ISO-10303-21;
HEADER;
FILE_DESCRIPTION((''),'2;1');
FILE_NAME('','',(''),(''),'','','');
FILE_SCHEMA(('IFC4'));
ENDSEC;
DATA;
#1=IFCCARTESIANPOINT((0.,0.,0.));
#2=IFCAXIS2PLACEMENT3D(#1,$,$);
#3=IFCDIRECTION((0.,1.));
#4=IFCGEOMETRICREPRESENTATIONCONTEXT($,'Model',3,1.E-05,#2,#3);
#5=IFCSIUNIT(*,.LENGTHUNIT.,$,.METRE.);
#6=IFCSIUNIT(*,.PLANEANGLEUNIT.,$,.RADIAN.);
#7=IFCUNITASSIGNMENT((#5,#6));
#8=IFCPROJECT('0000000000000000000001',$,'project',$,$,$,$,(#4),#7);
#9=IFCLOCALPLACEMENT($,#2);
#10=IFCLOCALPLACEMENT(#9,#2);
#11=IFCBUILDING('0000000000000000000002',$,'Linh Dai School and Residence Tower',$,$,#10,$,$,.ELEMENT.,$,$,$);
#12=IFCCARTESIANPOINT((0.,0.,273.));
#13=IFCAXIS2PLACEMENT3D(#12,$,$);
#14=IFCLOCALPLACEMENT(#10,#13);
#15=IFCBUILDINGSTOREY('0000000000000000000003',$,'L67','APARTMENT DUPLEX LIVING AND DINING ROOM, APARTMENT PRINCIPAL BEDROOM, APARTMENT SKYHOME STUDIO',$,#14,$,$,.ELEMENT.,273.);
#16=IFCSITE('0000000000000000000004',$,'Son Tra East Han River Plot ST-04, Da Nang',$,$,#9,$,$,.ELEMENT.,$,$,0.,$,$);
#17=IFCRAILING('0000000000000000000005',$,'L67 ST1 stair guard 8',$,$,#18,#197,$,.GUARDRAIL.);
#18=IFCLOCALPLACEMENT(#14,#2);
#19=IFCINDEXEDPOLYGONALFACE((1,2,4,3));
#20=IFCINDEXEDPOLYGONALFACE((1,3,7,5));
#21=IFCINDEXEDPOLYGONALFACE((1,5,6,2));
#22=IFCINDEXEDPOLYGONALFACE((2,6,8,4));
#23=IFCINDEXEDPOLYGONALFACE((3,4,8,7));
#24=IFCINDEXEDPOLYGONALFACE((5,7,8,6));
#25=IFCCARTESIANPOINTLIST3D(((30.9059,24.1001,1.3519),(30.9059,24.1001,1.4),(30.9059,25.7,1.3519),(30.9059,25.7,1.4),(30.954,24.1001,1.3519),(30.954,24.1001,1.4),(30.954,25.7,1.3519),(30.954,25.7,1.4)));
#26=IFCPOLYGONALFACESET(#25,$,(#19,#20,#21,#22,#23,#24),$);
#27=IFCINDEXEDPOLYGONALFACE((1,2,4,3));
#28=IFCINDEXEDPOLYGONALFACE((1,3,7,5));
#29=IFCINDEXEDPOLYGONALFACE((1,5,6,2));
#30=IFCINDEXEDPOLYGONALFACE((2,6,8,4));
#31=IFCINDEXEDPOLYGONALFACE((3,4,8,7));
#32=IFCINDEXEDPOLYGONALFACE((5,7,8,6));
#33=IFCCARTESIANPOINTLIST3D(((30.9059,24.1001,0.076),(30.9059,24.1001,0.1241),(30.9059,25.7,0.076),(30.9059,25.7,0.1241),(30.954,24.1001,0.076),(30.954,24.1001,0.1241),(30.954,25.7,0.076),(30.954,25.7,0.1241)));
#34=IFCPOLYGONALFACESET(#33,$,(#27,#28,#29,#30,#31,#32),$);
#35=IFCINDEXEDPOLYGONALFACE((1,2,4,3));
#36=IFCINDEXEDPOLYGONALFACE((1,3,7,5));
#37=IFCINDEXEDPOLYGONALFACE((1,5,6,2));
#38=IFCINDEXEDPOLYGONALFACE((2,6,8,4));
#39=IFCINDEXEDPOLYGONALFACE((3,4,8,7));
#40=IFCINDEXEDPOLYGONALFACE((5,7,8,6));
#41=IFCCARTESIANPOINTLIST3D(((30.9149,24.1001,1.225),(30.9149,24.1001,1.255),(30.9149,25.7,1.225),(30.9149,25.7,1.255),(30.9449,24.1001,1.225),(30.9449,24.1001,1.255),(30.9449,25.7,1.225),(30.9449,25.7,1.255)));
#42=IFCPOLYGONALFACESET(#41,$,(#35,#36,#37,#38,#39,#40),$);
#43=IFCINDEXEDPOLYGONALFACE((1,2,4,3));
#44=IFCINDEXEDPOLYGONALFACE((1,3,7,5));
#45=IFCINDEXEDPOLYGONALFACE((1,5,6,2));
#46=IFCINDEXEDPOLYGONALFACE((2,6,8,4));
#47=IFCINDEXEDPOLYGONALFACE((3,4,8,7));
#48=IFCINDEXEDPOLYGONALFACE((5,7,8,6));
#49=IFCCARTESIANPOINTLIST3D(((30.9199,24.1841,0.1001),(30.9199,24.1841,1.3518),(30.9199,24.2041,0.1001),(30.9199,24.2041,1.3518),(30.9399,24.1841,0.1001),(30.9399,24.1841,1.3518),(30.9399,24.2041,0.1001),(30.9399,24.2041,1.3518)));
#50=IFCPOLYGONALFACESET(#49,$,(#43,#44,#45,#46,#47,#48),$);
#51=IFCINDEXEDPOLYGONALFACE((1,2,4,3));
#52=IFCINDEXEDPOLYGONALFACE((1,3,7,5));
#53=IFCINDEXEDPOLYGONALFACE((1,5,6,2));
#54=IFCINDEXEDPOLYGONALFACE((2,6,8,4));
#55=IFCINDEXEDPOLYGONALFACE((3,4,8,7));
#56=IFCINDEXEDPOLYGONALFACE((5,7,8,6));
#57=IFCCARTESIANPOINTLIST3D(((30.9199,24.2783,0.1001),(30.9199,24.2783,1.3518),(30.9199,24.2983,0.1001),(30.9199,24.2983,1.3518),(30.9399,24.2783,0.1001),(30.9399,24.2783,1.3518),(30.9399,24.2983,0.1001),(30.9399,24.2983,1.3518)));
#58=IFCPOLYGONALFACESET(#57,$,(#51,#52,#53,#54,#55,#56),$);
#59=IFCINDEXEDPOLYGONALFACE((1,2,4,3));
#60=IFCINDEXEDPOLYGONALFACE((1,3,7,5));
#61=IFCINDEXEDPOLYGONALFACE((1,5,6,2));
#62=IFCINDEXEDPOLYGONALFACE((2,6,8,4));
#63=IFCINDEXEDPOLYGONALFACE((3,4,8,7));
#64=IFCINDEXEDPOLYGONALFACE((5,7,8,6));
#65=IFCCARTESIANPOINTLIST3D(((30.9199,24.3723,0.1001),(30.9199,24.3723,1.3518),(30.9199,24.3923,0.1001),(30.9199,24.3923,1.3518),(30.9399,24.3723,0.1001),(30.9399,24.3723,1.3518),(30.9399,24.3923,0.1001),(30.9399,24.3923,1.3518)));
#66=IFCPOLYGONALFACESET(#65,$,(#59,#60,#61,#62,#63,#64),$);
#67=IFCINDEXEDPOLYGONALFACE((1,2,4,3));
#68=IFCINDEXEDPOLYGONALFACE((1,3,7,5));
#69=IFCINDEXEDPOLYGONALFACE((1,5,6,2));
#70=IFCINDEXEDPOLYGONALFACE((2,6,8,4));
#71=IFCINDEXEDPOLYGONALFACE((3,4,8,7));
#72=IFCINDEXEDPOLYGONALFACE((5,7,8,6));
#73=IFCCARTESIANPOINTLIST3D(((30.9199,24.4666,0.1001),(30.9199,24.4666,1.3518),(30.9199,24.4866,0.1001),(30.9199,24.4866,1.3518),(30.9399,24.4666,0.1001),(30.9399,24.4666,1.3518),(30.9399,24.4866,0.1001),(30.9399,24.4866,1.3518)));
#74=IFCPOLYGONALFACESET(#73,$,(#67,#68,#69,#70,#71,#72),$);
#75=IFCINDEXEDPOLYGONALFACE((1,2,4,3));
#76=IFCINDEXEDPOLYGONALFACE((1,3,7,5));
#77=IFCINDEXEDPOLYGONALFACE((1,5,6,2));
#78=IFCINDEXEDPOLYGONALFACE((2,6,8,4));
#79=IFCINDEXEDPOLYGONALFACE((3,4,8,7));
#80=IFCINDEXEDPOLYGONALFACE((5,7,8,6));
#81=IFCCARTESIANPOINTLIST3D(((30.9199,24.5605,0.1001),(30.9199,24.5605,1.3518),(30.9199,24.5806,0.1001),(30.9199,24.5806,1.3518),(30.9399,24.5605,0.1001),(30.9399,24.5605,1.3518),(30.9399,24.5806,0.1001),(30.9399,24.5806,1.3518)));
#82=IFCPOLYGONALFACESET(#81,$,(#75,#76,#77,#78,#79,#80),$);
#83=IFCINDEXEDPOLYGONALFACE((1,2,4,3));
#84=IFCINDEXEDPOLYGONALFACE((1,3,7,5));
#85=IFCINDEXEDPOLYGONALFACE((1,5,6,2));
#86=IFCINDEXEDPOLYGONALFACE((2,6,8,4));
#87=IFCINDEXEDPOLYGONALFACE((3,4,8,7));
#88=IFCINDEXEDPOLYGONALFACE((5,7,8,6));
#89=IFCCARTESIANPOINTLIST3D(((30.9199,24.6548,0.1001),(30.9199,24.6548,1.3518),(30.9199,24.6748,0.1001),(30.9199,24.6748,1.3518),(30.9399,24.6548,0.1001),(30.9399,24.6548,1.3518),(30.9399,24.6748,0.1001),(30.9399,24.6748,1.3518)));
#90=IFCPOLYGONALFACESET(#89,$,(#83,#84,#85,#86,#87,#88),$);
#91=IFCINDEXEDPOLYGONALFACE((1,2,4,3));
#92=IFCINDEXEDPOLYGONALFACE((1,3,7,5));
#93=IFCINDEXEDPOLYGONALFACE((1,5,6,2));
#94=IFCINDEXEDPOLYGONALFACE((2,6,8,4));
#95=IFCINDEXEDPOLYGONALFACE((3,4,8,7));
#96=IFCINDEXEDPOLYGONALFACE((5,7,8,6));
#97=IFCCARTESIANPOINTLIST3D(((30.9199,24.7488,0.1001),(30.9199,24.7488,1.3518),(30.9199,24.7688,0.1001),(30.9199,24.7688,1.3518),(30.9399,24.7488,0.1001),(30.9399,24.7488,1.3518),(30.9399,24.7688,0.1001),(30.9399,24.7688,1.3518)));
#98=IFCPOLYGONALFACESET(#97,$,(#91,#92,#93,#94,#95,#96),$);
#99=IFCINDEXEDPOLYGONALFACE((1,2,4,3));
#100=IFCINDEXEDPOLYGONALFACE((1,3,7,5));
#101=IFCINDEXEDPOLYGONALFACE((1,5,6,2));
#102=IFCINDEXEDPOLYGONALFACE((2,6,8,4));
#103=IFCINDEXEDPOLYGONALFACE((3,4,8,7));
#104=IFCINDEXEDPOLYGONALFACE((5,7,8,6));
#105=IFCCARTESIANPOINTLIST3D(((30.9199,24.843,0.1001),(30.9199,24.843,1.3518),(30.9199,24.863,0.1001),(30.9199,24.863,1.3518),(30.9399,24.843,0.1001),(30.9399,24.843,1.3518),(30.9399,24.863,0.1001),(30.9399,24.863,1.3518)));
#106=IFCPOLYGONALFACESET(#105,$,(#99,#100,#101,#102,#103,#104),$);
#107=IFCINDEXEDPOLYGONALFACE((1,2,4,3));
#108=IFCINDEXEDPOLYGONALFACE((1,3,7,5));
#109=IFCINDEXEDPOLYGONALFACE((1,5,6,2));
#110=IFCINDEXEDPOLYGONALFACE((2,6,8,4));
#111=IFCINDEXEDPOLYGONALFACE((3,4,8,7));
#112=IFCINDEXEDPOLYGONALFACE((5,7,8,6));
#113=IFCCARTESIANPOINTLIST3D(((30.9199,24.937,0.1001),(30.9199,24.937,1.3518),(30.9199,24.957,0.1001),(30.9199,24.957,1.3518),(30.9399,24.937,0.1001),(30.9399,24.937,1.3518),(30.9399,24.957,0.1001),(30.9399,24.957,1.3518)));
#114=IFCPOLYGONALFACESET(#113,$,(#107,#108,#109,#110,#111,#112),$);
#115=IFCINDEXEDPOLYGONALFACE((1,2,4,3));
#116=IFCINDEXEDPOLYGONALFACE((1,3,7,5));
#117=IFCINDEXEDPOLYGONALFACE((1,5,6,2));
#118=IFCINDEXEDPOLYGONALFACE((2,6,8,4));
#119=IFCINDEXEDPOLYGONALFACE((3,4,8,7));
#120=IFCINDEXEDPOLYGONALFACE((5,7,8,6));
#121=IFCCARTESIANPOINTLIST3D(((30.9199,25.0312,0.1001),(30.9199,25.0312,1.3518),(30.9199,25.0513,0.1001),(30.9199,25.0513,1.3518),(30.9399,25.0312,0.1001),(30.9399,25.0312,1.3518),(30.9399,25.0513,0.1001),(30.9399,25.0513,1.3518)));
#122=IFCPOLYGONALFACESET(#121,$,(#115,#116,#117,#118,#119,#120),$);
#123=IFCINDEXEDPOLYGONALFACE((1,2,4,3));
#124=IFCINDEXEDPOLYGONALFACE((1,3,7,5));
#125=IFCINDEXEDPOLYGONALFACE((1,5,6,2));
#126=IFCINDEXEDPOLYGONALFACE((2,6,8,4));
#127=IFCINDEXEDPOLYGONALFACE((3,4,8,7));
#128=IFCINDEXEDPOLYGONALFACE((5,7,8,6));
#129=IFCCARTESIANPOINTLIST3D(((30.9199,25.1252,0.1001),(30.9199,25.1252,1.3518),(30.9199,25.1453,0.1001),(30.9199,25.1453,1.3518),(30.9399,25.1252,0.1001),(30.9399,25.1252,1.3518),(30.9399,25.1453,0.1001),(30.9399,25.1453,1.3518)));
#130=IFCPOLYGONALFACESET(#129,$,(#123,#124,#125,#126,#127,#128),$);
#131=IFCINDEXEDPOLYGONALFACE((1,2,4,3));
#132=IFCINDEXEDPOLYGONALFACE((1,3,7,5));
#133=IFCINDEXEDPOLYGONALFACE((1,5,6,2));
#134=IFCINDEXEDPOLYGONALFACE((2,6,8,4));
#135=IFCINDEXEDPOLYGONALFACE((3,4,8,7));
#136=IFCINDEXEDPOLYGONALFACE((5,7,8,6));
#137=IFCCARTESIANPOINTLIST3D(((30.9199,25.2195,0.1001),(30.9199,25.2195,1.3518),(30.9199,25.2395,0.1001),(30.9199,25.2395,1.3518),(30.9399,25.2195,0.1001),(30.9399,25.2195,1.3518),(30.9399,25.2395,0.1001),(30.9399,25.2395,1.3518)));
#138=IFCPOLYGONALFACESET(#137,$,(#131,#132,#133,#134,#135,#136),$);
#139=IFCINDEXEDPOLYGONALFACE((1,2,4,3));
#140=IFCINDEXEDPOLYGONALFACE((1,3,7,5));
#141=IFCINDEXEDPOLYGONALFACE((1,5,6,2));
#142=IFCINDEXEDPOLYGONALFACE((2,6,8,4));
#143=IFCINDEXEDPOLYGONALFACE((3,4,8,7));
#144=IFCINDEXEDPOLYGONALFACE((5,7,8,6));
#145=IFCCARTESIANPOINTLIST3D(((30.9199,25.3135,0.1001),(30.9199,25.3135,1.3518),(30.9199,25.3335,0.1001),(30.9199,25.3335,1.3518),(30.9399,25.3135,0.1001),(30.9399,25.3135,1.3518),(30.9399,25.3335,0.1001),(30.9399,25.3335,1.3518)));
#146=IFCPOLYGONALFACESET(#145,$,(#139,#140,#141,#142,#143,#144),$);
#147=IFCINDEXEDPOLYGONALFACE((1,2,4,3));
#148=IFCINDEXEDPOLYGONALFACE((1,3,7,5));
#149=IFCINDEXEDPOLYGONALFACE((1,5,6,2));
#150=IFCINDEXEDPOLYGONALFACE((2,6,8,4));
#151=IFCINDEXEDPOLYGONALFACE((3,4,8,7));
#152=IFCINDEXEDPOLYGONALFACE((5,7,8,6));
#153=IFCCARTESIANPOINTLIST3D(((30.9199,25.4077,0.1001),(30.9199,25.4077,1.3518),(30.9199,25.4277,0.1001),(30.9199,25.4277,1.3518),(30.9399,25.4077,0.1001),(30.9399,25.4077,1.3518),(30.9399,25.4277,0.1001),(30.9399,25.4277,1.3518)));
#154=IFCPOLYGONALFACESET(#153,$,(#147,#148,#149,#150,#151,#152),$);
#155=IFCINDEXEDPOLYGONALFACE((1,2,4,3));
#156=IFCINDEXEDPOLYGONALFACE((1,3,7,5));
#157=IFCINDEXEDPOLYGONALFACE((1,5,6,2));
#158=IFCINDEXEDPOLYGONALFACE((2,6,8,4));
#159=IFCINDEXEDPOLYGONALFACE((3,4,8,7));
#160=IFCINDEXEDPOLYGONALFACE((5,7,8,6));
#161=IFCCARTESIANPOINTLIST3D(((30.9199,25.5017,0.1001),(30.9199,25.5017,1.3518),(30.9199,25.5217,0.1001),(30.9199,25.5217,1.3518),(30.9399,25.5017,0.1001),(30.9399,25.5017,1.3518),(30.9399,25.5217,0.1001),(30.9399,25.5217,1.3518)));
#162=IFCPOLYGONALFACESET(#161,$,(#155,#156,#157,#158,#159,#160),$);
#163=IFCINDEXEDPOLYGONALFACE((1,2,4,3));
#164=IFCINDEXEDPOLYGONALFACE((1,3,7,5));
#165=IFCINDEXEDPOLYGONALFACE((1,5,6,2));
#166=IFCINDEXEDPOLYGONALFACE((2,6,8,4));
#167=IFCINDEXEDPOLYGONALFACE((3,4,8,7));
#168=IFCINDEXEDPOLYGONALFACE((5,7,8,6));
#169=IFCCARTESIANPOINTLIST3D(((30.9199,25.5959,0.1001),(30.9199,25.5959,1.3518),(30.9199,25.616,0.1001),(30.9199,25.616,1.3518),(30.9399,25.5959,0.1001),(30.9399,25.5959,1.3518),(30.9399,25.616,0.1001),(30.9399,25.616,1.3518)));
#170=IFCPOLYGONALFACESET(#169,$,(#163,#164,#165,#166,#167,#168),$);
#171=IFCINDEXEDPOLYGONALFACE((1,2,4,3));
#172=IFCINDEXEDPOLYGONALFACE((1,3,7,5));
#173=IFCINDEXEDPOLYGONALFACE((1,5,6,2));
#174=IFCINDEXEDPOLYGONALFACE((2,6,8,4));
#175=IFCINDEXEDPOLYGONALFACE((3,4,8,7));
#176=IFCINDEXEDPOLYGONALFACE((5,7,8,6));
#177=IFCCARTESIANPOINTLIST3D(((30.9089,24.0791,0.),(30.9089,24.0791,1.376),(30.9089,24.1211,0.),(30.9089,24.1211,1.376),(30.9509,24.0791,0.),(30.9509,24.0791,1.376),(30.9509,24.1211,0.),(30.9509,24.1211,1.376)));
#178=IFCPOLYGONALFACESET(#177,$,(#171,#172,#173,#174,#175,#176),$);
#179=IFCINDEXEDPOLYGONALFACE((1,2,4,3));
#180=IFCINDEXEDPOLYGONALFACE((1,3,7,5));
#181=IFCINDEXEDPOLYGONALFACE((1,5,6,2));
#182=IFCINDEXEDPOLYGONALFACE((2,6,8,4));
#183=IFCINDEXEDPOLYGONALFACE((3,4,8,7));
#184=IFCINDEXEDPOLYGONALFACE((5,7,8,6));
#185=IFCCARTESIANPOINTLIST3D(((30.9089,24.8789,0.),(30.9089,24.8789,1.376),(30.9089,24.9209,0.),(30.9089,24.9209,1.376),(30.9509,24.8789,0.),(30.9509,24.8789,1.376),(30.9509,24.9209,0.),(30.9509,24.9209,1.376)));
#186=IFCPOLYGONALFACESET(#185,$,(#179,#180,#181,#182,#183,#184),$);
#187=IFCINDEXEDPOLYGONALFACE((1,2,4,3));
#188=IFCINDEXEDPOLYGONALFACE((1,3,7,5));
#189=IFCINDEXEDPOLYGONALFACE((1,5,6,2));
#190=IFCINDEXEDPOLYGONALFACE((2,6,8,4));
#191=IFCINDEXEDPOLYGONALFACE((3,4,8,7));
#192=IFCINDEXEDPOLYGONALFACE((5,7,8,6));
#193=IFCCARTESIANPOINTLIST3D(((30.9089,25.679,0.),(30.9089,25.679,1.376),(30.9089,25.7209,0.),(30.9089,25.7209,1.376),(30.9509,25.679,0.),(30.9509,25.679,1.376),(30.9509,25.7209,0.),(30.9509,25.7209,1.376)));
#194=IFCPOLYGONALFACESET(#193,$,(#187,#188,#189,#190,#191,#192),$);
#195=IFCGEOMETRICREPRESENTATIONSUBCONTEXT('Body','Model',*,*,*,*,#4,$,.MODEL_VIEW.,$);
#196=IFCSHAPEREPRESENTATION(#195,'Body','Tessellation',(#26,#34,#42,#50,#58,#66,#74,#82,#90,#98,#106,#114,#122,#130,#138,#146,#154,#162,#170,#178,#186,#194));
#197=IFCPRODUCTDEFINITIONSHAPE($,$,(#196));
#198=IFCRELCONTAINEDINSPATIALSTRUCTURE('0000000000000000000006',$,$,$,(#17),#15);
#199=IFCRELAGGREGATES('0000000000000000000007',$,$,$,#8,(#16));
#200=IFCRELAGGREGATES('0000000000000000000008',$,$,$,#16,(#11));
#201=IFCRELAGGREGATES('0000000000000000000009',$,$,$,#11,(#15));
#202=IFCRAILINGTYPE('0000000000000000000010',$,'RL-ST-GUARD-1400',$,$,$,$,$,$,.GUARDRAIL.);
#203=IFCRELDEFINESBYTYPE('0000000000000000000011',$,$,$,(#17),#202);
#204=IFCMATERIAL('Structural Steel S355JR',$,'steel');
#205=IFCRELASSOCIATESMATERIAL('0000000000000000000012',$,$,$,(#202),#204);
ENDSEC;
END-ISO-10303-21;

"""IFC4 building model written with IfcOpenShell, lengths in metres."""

from ifc_helpers import new_model, si_unit, direction, frame, origin, origin_2d, place, context, subcontext, project, spatial, rectangle, extrude, source, transform, mapped, material, type_object, element, save


model = new_model("IFC4")

# Units and contexts
model_context = context("Model", 3, precision=1e-05, world=origin(), true_north=direction((0.0, 1.0)))
body_context = subcontext(model_context, "Body", "Model", "MODEL_VIEW")
ifc_project = project(units=[si_unit("LENGTHUNIT", "METRE"), si_unit("PLANEANGLEUNIT", "RADIAN")], contexts=[model_context])

# Site, building, storey
site_placement = place(None, origin())
site = spatial("IfcSite", under=ifc_project, at=site_placement, Name="Son Tra East Han River Plot ST-04, Da Nang", CompositionType="ELEMENT", RefElevation=0.0)
building_placement = place(site_placement, origin())
building = spatial("IfcBuilding", under=site, at=building_placement, Name="Linh Dai School and Residence Tower", CompositionType="ELEMENT")
storey_placement = place(building_placement, frame((0.0, 0.0, 273.0)))
storey = spatial("IfcBuildingStorey", under=building, at=storey_placement, Name="L67", Description="APARTMENT DUPLEX LIVING AND DINING ROOM, APARTMENT PRINCIPAL BEDROOM, APARTMENT SKYHOME STUDIO", CompositionType="ELEMENT", Elevation=273.0)

# Shared definitions
ifc_material_1 = material(Name="Structural Steel S355JR", Category="steel")

# Railing
railing_type_1 = type_object("IfcRailingType", Name="RL-ST-GUARD-1400", PredefinedType="GUARDRAIL", material=ifc_material_1)
shared_shape_1 = source(origin(), body_context, "Body", "SweptSolid", [
    extrude(rectangle(XDim=0.0481, YDim=0.0481, at=origin_2d()), frame((0.0, 0.0, 1.376), z_axis=(0.0, 1.0, 0.0), x_axis=(-1.0, 0.0, 0.0)), (0.0, 0.0, 1.0), 1.5999),
    extrude(rectangle(XDim=0.0481, YDim=0.0481, at=origin_2d()), frame((0.0, 0.0, 0.1001), z_axis=(0.0, 1.0, 0.0), x_axis=(-1.0, 0.0, 0.0)), (0.0, 0.0, 1.0), 1.5999),
    extrude(rectangle(XDim=0.03, YDim=0.03, at=origin_2d()), frame((0.0, 0.0, 1.24), z_axis=(0.0, 1.0, 0.0), x_axis=(-1.0, 0.0, 0.0)), (0.0, 0.0, 1.0), 1.5999),
    extrude(rectangle(XDim=0.02, YDim=0.02, at=origin_2d()), frame((0.0, 0.094, 0.1001)), (0.0, 0.0, 1.0), 1.2517),
    extrude(rectangle(XDim=0.02, YDim=0.02, at=origin_2d()), frame((0.0, 0.1882, 0.1001)), (0.0, 0.0, 1.0), 1.2517),
    extrude(rectangle(XDim=0.02, YDim=0.02, at=origin_2d()), frame((0.0, 0.2822, 0.1001)), (0.0, 0.0, 1.0), 1.2517),
    extrude(rectangle(XDim=0.02, YDim=0.02, at=origin_2d()), frame((0.0, 0.3765, 0.1001)), (0.0, 0.0, 1.0), 1.2517),
    extrude(rectangle(XDim=0.02, YDim=0.02, at=origin_2d()), frame((0.0, 0.4705, 0.1001)), (0.0, 0.0, 1.0), 1.2517),
    extrude(rectangle(XDim=0.02, YDim=0.02, at=origin_2d()), frame((0.0, 0.5647, 0.1001)), (0.0, 0.0, 1.0), 1.2517),
    extrude(rectangle(XDim=0.02, YDim=0.02, at=origin_2d()), frame((0.0, 0.6587, 0.1001)), (0.0, 0.0, 1.0), 1.2517),
    extrude(rectangle(XDim=0.02, YDim=0.02, at=origin_2d()), frame((0.0, 0.7529, 0.1001)), (0.0, 0.0, 1.0), 1.2517),
    extrude(rectangle(XDim=0.02, YDim=0.02, at=origin_2d()), frame((0.0, 0.8469, 0.1001)), (0.0, 0.0, 1.0), 1.2517),
    extrude(rectangle(XDim=0.02, YDim=0.02, at=origin_2d()), frame((0.0, 0.9412, 0.1001)), (0.0, 0.0, 1.0), 1.2517),
    extrude(rectangle(XDim=0.02, YDim=0.02, at=origin_2d()), frame((0.0, 1.0352, 0.1001)), (0.0, 0.0, 1.0), 1.2517),
    extrude(rectangle(XDim=0.02, YDim=0.02, at=origin_2d()), frame((0.0, 1.1294, 0.1001)), (0.0, 0.0, 1.0), 1.2517),
    extrude(rectangle(XDim=0.02, YDim=0.02, at=origin_2d()), frame((0.0, 1.2234, 0.1001)), (0.0, 0.0, 1.0), 1.2517),
    extrude(rectangle(XDim=0.02, YDim=0.02, at=origin_2d()), frame((0.0, 1.3176, 0.1001)), (0.0, 0.0, 1.0), 1.2517),
    extrude(rectangle(XDim=0.02, YDim=0.02, at=origin_2d()), frame((0.0, 1.4116, 0.1001)), (0.0, 0.0, 1.0), 1.2517),
    extrude(rectangle(XDim=0.02, YDim=0.02, at=origin_2d()), frame((0.0, 1.5059, 0.1001)), (0.0, 0.0, 1.0), 1.2517),
    extrude(rectangle(XDim=0.042, YDim=0.042, at=origin_2d()), origin(), (0.0, 0.0, 1.0), 1.376),
    extrude(rectangle(XDim=0.042, YDim=0.042, at=origin_2d()), frame((0.0, 0.7998, 0.0)), (0.0, 0.0, 1.0), 1.376),
    extrude(rectangle(XDim=0.042, YDim=0.042, at=origin_2d()), frame((0.0, 1.5999, 0.0)), (0.0, 0.0, 1.0), 1.376),
])
for number, where, name in (
    (1, (30.9299, 24.1001, 0.0), "L67 ST1 stair guard 8"),
):
    element("IfcRailing", number, at=place(storey_placement, frame(where)), inside=storey, type_object=railing_type_1, Name=name, PredefinedType="GUARDRAIL", context=body_context, shape_type="MappedRepresentation", body=[
        mapped(shared_shape_1, transform((0.0, 0.0, 0.0), x_axis=(1.0, 0.0, 0.0), y_axis=(0.0, 1.0, 0.0), z_axis=(0.0, 0.0, 1.0), scale=1.0)),
    ])

save(model, "model.ifc")
